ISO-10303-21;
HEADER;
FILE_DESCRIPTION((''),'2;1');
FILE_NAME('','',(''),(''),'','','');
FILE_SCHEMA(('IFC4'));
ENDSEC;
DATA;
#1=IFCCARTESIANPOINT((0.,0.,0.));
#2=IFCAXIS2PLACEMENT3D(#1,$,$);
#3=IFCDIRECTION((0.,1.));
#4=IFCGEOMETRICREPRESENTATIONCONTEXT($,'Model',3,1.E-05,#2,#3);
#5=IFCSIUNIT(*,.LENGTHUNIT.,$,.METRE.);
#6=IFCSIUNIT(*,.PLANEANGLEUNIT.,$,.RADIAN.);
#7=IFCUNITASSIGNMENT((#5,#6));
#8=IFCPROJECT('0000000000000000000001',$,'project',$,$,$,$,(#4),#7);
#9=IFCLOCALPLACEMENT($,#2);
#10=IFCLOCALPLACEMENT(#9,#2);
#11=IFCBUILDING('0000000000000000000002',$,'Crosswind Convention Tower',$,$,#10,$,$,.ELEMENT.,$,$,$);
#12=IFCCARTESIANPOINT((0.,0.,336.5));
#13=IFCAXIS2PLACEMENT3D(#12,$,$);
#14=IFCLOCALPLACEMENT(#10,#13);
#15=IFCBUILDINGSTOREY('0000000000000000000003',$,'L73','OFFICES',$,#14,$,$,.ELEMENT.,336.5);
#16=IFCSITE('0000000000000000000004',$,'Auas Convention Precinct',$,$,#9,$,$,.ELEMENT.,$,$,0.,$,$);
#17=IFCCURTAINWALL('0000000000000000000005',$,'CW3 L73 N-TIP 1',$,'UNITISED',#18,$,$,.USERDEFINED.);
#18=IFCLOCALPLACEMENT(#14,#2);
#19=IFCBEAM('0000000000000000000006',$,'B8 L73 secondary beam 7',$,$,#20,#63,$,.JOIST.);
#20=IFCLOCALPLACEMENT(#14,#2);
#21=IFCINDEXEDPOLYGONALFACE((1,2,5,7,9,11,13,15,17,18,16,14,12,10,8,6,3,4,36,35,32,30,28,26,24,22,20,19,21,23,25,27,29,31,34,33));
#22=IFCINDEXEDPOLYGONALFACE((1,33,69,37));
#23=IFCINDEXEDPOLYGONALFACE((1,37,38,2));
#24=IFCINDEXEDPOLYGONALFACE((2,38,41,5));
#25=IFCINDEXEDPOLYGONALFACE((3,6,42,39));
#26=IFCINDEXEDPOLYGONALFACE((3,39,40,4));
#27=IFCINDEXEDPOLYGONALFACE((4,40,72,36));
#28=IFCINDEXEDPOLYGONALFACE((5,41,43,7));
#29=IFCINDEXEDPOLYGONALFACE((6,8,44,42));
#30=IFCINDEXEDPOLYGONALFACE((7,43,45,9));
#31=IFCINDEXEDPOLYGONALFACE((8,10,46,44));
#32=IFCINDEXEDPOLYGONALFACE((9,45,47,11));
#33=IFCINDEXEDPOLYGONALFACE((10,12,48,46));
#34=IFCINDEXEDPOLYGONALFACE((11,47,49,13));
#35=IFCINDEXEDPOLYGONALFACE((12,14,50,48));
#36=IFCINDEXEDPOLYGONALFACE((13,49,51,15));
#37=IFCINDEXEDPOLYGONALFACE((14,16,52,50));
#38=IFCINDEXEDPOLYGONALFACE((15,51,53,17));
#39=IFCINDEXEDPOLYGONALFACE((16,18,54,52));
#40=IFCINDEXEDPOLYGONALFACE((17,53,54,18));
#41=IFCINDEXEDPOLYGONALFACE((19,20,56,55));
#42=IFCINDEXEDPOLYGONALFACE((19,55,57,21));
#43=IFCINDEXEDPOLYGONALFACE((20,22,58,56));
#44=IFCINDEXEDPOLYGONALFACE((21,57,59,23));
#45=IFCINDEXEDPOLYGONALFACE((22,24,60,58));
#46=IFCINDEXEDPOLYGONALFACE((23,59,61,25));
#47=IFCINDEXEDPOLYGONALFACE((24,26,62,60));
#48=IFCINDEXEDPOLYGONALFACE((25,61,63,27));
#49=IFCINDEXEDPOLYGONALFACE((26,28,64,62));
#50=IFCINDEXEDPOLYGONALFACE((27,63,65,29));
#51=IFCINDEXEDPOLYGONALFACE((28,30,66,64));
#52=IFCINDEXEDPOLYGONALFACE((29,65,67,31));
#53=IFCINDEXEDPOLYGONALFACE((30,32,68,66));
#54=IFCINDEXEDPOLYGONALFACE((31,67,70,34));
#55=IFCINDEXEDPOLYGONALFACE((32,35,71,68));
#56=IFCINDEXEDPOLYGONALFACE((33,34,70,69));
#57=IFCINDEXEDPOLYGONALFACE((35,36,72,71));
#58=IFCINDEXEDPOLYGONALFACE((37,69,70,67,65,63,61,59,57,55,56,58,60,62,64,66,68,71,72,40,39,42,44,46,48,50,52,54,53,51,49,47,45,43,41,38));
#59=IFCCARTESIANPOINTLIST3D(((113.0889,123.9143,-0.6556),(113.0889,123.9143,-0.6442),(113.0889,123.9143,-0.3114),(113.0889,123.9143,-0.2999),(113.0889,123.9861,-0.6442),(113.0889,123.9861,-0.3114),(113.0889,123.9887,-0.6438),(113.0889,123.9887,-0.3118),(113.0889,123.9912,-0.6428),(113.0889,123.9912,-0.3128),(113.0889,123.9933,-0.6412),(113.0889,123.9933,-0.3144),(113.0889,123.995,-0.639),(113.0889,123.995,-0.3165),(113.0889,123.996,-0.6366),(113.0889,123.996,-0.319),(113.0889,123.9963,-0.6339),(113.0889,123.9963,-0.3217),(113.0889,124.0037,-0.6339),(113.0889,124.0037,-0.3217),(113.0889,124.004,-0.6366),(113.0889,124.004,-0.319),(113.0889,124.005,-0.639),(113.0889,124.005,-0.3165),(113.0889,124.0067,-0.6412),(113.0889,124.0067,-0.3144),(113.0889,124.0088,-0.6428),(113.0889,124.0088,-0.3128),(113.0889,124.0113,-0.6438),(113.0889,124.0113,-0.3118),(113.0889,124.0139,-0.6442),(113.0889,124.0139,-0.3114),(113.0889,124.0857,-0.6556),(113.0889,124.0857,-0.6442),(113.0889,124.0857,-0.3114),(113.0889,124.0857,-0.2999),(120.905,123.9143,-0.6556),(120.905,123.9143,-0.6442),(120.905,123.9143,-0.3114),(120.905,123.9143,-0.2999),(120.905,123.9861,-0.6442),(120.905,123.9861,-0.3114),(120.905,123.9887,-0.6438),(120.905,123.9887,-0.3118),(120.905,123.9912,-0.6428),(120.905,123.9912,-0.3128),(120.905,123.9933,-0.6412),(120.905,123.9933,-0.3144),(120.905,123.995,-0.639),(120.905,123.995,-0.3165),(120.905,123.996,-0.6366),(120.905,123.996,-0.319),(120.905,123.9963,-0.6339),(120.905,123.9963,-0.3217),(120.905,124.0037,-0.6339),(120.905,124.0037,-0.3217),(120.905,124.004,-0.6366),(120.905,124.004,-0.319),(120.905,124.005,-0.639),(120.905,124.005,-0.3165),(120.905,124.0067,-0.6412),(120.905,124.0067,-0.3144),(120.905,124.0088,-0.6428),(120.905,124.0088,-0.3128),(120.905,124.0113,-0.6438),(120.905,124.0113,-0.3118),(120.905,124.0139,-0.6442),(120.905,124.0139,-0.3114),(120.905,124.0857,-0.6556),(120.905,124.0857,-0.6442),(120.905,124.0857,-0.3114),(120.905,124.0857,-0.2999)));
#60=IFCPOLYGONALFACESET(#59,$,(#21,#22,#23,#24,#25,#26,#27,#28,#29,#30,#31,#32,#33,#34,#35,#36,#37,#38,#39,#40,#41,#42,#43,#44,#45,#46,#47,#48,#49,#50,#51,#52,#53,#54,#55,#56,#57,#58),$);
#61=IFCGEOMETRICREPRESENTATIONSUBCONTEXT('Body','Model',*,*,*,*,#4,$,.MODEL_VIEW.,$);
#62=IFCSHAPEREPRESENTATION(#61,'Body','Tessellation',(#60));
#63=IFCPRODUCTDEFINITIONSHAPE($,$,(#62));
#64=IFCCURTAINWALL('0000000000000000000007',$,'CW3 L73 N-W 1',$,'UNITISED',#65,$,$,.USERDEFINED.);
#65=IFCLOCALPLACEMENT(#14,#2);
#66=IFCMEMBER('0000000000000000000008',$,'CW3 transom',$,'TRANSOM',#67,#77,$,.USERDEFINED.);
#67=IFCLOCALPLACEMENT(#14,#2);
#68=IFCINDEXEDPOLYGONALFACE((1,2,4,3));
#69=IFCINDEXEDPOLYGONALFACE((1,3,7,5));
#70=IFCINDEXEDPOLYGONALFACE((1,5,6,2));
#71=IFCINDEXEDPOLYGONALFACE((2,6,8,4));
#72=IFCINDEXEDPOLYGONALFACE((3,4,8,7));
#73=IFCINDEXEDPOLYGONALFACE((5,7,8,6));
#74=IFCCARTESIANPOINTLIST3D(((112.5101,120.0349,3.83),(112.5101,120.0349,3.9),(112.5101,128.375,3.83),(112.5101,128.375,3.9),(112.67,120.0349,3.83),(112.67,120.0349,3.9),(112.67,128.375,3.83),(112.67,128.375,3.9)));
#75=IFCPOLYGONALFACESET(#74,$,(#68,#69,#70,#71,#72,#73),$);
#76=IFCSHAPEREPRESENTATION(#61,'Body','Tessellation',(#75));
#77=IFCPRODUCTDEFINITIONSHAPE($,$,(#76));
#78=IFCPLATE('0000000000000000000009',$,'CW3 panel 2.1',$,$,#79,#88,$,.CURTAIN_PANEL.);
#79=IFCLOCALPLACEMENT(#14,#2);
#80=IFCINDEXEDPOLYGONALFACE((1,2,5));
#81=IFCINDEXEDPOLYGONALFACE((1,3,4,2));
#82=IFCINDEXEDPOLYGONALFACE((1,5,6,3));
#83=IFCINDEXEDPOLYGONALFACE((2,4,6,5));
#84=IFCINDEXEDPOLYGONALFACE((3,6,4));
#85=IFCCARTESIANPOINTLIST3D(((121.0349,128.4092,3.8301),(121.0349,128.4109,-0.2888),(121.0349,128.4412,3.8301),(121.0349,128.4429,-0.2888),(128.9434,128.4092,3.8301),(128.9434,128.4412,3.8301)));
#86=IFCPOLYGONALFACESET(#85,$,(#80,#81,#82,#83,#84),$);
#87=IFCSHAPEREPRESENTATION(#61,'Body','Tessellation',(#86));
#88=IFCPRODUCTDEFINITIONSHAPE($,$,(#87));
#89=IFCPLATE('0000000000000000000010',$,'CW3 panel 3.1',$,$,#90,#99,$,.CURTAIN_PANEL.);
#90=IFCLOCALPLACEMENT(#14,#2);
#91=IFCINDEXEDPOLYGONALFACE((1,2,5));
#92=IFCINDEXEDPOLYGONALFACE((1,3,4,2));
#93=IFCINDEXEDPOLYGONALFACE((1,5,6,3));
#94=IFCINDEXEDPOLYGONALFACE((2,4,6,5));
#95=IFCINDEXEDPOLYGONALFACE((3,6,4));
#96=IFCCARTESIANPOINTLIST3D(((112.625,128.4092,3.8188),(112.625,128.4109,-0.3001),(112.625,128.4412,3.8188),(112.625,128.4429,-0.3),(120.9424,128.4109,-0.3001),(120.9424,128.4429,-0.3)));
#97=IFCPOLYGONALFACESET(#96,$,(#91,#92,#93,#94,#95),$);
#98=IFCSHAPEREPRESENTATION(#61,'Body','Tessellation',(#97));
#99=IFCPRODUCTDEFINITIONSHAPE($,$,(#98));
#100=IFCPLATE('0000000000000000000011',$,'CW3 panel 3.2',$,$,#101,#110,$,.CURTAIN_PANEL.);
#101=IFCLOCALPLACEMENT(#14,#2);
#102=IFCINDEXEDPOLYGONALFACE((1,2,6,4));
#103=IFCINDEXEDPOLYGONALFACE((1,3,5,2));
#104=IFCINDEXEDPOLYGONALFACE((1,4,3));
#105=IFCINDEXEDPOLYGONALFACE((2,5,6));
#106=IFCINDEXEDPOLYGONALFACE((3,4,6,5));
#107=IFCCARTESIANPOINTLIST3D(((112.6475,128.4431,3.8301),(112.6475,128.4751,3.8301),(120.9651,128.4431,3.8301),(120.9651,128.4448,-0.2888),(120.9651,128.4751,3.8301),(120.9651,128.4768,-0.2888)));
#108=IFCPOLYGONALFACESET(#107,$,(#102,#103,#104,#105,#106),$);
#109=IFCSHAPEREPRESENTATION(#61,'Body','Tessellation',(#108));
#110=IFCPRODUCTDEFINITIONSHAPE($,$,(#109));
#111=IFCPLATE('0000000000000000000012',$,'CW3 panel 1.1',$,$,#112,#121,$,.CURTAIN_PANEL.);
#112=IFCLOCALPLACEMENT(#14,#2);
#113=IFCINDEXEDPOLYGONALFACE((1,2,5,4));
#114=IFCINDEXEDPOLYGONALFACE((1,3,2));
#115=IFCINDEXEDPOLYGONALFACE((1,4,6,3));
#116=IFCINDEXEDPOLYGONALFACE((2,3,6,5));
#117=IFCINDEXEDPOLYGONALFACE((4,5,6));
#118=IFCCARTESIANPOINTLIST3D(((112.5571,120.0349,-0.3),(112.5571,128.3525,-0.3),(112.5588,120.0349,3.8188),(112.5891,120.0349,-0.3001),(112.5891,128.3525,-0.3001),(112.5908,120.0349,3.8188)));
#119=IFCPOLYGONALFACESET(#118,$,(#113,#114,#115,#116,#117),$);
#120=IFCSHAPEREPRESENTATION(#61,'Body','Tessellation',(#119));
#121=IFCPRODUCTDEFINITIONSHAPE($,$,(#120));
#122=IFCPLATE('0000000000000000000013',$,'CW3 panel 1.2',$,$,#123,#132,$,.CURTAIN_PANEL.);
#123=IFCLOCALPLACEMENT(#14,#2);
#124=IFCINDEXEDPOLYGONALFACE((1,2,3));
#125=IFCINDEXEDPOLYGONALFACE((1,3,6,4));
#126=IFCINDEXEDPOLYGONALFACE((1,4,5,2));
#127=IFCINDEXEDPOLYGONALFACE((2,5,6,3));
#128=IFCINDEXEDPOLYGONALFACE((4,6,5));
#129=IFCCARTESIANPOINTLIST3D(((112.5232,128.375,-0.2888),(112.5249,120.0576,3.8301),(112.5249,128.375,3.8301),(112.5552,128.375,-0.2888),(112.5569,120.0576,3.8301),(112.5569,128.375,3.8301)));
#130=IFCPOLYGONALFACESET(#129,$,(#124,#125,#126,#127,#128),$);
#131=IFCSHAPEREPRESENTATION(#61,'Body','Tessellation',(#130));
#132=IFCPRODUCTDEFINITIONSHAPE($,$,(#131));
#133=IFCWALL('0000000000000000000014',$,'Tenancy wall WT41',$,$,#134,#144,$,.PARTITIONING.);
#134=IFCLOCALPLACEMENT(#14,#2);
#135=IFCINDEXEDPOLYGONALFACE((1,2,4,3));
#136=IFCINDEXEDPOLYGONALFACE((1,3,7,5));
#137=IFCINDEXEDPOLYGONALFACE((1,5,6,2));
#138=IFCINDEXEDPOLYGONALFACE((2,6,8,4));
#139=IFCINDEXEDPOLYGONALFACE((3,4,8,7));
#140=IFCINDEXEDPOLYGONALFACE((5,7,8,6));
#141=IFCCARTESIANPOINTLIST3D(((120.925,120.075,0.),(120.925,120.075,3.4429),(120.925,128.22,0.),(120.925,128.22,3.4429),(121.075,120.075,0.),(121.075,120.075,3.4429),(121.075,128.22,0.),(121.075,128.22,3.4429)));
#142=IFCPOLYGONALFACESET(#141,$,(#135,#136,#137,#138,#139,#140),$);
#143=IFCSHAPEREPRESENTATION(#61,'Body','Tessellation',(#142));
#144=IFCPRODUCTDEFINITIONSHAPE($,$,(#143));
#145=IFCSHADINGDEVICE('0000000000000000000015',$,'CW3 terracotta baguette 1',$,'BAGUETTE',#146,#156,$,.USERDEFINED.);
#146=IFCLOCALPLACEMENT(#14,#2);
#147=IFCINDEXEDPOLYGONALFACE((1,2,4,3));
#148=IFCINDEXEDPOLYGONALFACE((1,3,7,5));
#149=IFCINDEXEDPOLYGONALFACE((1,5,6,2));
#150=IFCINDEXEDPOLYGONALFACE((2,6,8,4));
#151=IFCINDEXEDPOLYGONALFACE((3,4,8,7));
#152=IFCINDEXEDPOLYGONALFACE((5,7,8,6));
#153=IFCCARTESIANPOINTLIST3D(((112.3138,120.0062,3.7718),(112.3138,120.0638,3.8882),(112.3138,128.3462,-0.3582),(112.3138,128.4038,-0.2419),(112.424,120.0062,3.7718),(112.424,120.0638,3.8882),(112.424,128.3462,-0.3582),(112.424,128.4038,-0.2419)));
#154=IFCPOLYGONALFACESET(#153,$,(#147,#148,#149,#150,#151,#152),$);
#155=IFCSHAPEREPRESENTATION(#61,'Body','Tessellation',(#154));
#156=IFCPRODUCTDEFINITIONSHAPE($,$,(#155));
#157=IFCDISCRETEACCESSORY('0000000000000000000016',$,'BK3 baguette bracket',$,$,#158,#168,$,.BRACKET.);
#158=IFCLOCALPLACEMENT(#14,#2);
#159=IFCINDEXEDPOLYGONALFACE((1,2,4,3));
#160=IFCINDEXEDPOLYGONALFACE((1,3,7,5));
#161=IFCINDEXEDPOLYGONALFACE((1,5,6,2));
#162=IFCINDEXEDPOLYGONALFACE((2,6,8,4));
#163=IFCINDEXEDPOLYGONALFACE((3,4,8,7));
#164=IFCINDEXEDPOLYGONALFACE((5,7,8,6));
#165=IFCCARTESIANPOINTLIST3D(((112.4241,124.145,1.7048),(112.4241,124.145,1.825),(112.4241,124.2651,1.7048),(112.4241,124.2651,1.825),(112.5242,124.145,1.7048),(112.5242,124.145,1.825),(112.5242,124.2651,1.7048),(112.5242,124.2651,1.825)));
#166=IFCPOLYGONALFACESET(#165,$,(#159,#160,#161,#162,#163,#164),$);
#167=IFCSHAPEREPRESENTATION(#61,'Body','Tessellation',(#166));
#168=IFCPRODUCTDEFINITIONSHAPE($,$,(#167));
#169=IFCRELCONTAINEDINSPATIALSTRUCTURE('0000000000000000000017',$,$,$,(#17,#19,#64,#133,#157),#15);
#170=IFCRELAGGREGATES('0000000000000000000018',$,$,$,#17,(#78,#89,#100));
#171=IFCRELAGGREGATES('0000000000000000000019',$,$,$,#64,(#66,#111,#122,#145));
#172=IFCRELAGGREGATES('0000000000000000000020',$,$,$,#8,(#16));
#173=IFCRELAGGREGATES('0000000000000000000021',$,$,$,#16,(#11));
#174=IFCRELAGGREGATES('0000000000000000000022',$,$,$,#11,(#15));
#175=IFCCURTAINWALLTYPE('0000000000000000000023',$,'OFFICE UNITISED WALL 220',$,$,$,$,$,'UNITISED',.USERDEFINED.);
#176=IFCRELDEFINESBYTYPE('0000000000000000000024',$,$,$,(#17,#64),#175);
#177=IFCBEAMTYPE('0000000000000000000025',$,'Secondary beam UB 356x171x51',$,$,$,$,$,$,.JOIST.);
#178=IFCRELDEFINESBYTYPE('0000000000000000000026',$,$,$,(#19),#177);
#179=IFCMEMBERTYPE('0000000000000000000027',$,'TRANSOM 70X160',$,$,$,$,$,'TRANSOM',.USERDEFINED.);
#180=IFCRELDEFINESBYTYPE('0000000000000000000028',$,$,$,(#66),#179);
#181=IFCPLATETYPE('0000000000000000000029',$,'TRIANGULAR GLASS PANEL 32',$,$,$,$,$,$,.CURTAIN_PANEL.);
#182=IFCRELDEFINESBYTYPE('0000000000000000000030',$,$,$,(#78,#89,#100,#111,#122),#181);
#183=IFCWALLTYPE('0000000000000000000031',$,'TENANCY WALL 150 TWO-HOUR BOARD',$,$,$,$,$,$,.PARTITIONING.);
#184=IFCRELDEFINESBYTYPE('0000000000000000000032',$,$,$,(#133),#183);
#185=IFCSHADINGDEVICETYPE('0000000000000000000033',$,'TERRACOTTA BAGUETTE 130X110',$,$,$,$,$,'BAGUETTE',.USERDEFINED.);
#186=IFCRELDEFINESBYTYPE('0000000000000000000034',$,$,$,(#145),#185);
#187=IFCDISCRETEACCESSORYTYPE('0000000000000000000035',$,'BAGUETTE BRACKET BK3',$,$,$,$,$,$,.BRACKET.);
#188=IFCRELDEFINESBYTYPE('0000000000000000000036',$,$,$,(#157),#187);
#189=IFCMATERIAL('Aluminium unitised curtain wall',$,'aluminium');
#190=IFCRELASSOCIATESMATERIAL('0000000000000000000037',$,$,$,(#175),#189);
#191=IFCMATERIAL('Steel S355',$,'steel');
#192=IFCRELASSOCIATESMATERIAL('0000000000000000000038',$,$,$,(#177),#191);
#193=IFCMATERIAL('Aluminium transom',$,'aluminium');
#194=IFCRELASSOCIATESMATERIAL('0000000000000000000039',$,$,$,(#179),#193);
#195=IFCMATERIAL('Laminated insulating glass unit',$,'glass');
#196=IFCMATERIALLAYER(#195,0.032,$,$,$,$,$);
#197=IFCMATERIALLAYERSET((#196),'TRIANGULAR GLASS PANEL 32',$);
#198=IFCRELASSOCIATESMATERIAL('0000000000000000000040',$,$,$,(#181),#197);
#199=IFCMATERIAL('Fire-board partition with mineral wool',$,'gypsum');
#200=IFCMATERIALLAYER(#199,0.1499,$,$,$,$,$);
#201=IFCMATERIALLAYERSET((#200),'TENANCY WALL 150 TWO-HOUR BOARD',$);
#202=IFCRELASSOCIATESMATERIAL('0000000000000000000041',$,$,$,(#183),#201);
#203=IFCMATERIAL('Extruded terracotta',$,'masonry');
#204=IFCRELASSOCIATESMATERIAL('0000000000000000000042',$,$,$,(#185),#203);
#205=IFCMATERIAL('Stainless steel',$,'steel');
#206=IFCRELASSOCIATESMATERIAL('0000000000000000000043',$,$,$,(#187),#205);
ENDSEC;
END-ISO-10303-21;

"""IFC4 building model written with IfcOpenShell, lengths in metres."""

from ifc_helpers import new_model, si_unit, direction, frame, frame_2d, origin, origin_2d, place, context, subcontext, project, spatial, polyline, rectangle, i_section, outline, extrude, material, layer, layer_set, material_profile, profile_set, type_object, element, aggregate, save


model = new_model("IFC4")

# Units and contexts
model_context = context("Model", 3, precision=1e-05, world=origin(), true_north=direction((0.0, 1.0)))
body_context = subcontext(model_context, "Body", "Model", "MODEL_VIEW")
ifc_project = project(units=[si_unit("LENGTHUNIT", "METRE"), si_unit("PLANEANGLEUNIT", "RADIAN")], contexts=[model_context])

# Site, building, storey
site_placement = place(None, origin())
site = spatial("IfcSite", under=ifc_project, at=site_placement, Name="Auas Convention Precinct", CompositionType="ELEMENT", RefElevation=0.0)
building_placement = place(site_placement, origin())
building = spatial("IfcBuilding", under=site, at=building_placement, Name="Crosswind Convention Tower", CompositionType="ELEMENT")
storey_placement = place(building_placement, frame((0.0, 0.0, 336.5)))
storey = spatial("IfcBuildingStorey", under=building, at=storey_placement, Name="L73", Description="OFFICES", CompositionType="ELEMENT", Elevation=336.5)

# Shared definitions
ifc_material_1 = material(Name="Steel S355", Category="steel")

# Curtain wall
ifc_material_2 = material(Name="Aluminium unitised curtain wall", Category="aluminium")
curtain_wall_type = type_object("IfcCurtainWallType", Name="OFFICE UNITISED WALL 220", ElementType="UNITISED", PredefinedType="USERDEFINED", material=ifc_material_2)
curtain_wall_1_placement = place(storey_placement, origin())
curtain_wall_1 = element("IfcCurtainWall", 1, at=curtain_wall_1_placement, inside=storey, type_object=curtain_wall_type, Name="CW3 L73 N-TIP 1", ObjectType="UNITISED", PredefinedType="USERDEFINED")

# Beam
ifc_material_profile_1 = material_profile(ifc_material_1, i_section(OverallWidth=0.1714, OverallDepth=0.3557, WebThickness=0.0073, FlangeThickness=0.0115, FilletRadius=0.0103, at=origin_2d()), Name="UB 356x171x51")
ifc_profile_set_1 = profile_set([ifc_material_profile_1], Name="Steel S355")
beam_type_1 = type_object("IfcBeamType", Name="Secondary beam UB 356x171x51", PredefinedType="JOIST", material=ifc_profile_set_1)
beam_1_placement = place(storey_placement, frame((113.0889, 124.0, -0.4778), z_axis=(1.0, 0.0, 0.0), x_axis=(0.0, 1.0, 0.0)))
element("IfcBeam", 2, at=beam_1_placement, inside=storey, type_object=beam_type_1, Name="B8 L73 secondary beam 7", PredefinedType="JOIST", context=body_context, shape_type="SweptSolid", body=[
    extrude(i_section(OverallWidth=0.1714, OverallDepth=0.3557, WebThickness=0.0073, FlangeThickness=0.0115, FilletRadius=0.0103, at=origin_2d()), origin(), (0.0, 0.0, 1.0), 7.8162),
])

# Curtain wall, member
curtain_wall_2_placement = place(storey_placement, origin())
curtain_wall_2 = element("IfcCurtainWall", 3, at=curtain_wall_2_placement, inside=storey, type_object=curtain_wall_type, Name="CW3 L73 N-W 1", ObjectType="UNITISED", PredefinedType="USERDEFINED")
ifc_material_3 = material(Name="Aluminium transom", Category="aluminium")
ifc_material_profile_2 = material_profile(ifc_material_3, rectangle(XDim=0.1599, YDim=0.0701, at=origin_2d()), Name="AL 160X70")
ifc_profile_set_2 = profile_set([ifc_material_profile_2], Name="Aluminium transom")
member_type_1 = type_object("IfcMemberType", Name="TRANSOM 70X160", ElementType="TRANSOM", PredefinedType="USERDEFINED", material=ifc_profile_set_2)
member_1_placement = place(storey_placement, frame((112.5901, 128.375, 3.865), z_axis=(0.0, -1.0, 0.0), x_axis=(1.0, 0.0, 0.0)))
member_1 = element("IfcMember", 4, at=member_1_placement, type_object=member_type_1, Name="CW3 transom", ObjectType="TRANSOM", PredefinedType="USERDEFINED", context=body_context, shape_type="SweptSolid", body=[
    extrude(rectangle(XDim=0.1599, YDim=0.0701, at=origin_2d()), origin(), (0.0, 0.0, 1.0), 8.3401),
])

# Plates
ifc_material_4 = material(Name="Laminated insulating glass unit", Category="glass")
ifc_layer_1 = layer(ifc_material_4, 0.032)
ifc_layer_set_1 = layer_set([ifc_layer_1], Name="TRIANGULAR GLASS PANEL 32")
plate_type = type_object("IfcPlateType", Name="TRIANGULAR GLASS PANEL 32", PredefinedType="CURTAIN_PANEL", material=ifc_layer_set_1)
plate_1_placement = place(storey_placement, frame((121.0349, 128.4412, 3.8301), z_axis=(0.0, 1.0, 0.000415), x_axis=(1.0, 0.0, 0.0)))
plate_1 = element("IfcPlate", 5, at=plate_1_placement, type_object=plate_type, Name="CW3 panel 2.1", PredefinedType="CURTAIN_PANEL", context=body_context, shape_type="SweptSolid", body=[
    extrude(outline(polyline([(0.0, 0.0), (7.9084, 0.0), (0.0, 4.1189), (0.0, 0.0)])), origin(), (0.0, 0.0, -1.0), 0.032),
])
plate_2_placement = place(storey_placement, frame((112.625, 128.4429, -0.3), z_axis=(0.0, 1.0, 0.000415), x_axis=(0.0, -0.000415, 1.0)))
plate_2 = element("IfcPlate", 6, at=plate_2_placement, type_object=plate_type, Name="CW3 panel 3.1", PredefinedType="CURTAIN_PANEL", context=body_context, shape_type="SweptSolid", body=[
    extrude(outline(polyline([(0.0, 0.0), (4.1189, 0.0), (0.0, 8.3174), (0.0, 0.0)])), origin(), (0.0, 0.0, -1.0), 0.032),
])
plate_3_placement = place(storey_placement, frame((120.9651, 128.4751, 3.8301), z_axis=(0.0, 1.0, 0.000415), x_axis=(0.0, 0.000415, -1.0)))
plate_3 = element("IfcPlate", 7, at=plate_3_placement, type_object=plate_type, Name="CW3 panel 3.2", PredefinedType="CURTAIN_PANEL", context=body_context, shape_type="SweptSolid", body=[
    extrude(outline(polyline([(0.0, 0.0), (4.1189, 0.0), (0.0, 8.3176), (0.0, 0.0)])), origin(), (0.0, 0.0, -1.0), 0.032),
])
aggregate(curtain_wall_1, [plate_1, plate_2, plate_3])
plate_4_placement = place(storey_placement, frame((112.5571, 120.0349, -0.3), z_axis=(-1.0, 0.0, 0.000415), x_axis=(0.000415, 0.0, 1.0)))
plate_4 = element("IfcPlate", 8, at=plate_4_placement, type_object=plate_type, Name="CW3 panel 1.1", PredefinedType="CURTAIN_PANEL", context=body_context, shape_type="SweptSolid", body=[
    extrude(outline(polyline([(0.0, 0.0), (4.1189, 0.0), (0.0, 8.3176), (0.0, 0.0)])), origin(), (0.0, 0.0, -1.0), 0.032),
])
plate_5_placement = place(storey_placement, frame((112.5249, 128.375, 3.8301), z_axis=(-1.0, 0.0, 0.000415), x_axis=(-0.000415, 0.0, -1.0)))
plate_5 = element("IfcPlate", 9, at=plate_5_placement, type_object=plate_type, Name="CW3 panel 1.2", PredefinedType="CURTAIN_PANEL", context=body_context, shape_type="SweptSolid", body=[
    extrude(outline(polyline([(0.0, 0.0), (4.1189, 0.0), (0.0, 8.3174), (0.0, 0.0)])), origin(), (0.0, 0.0, -1.0), 0.032),
])

# Wall
ifc_material_5 = material(Name="Fire-board partition with mineral wool", Category="gypsum")
ifc_layer_2 = layer(ifc_material_5, 0.1499)
ifc_layer_set_2 = layer_set([ifc_layer_2], Name="TENANCY WALL 150 TWO-HOUR BOARD")
wall_type = type_object("IfcWallType", Name="TENANCY WALL 150 TWO-HOUR BOARD", PredefinedType="PARTITIONING", material=ifc_layer_set_2)
wall_placement = place(storey_placement, frame((121.0, 120.075, 0.0), z_axis=(0.0, 0.0, 1.0), x_axis=(0.0, 1.0, 0.0)))
element("IfcWall", 10, at=wall_placement, inside=storey, type_object=wall_type, Name="Tenancy wall WT41", PredefinedType="PARTITIONING", context=body_context, shape_type="SweptSolid", body=[
    extrude(rectangle(XDim=8.145, YDim=0.1499, at=frame_2d((4.0725, 0.0))), origin(), (0.0, 0.0, 1.0), 3.4429),
])

# Shading device
ifc_material_6 = material(Name="Extruded terracotta", Category="masonry")
ifc_material_profile_3 = material_profile(ifc_material_6, rectangle(XDim=0.1101, YDim=0.1299, at=origin_2d()), Name="TC 110X130")
ifc_profile_set_3 = profile_set([ifc_material_profile_3], Name="Extruded terracotta")
shading_device_type = type_object("IfcShadingDeviceType", Name="TERRACOTTA BAGUETTE 130X110", ElementType="BAGUETTE", PredefinedType="USERDEFINED", material=ifc_profile_set_3)
shading_device_placement = place(storey_placement, frame((112.3689, 128.375, -0.3), z_axis=(0.0, -0.896136, 0.443779), x_axis=(1.0, 0.0, 0.0)))
shading_device = element("IfcShadingDevice", 11, at=shading_device_placement, type_object=shading_device_type, Name="CW3 terracotta baguette 1", ObjectType="BAGUETTE", PredefinedType="USERDEFINED", context=body_context, shape_type="SweptSolid", body=[
    extrude(rectangle(XDim=0.1101, YDim=0.1299, at=origin_2d()), origin(), (0.0, 0.0, 1.0), 9.3066),
])
aggregate(curtain_wall_2, [member_1, plate_4, plate_5, shading_device])

# Discrete accessory
ifc_material_7 = material(Name="Stainless steel", Category="steel")
discrete_accessory_type = type_object("IfcDiscreteAccessoryType", Name="BAGUETTE BRACKET BK3", PredefinedType="BRACKET", material=ifc_material_7)
discrete_accessory_placement = place(storey_placement, frame((112.4741, 124.2051, 1.7048), z_axis=(0.0, 0.0, 1.0), x_axis=(0.0, -1.0, 0.0)))
element("IfcDiscreteAccessory", 12, at=discrete_accessory_placement, inside=storey, type_object=discrete_accessory_type, Name="BK3 baguette bracket", PredefinedType="BRACKET", context=body_context, shape_type="SweptSolid", body=[
    extrude(rectangle(XDim=0.1201, YDim=0.1001, at=origin_2d()), origin(), (0.0, 0.0, 1.0), 0.1201),
])

save(model, "model.ifc")
